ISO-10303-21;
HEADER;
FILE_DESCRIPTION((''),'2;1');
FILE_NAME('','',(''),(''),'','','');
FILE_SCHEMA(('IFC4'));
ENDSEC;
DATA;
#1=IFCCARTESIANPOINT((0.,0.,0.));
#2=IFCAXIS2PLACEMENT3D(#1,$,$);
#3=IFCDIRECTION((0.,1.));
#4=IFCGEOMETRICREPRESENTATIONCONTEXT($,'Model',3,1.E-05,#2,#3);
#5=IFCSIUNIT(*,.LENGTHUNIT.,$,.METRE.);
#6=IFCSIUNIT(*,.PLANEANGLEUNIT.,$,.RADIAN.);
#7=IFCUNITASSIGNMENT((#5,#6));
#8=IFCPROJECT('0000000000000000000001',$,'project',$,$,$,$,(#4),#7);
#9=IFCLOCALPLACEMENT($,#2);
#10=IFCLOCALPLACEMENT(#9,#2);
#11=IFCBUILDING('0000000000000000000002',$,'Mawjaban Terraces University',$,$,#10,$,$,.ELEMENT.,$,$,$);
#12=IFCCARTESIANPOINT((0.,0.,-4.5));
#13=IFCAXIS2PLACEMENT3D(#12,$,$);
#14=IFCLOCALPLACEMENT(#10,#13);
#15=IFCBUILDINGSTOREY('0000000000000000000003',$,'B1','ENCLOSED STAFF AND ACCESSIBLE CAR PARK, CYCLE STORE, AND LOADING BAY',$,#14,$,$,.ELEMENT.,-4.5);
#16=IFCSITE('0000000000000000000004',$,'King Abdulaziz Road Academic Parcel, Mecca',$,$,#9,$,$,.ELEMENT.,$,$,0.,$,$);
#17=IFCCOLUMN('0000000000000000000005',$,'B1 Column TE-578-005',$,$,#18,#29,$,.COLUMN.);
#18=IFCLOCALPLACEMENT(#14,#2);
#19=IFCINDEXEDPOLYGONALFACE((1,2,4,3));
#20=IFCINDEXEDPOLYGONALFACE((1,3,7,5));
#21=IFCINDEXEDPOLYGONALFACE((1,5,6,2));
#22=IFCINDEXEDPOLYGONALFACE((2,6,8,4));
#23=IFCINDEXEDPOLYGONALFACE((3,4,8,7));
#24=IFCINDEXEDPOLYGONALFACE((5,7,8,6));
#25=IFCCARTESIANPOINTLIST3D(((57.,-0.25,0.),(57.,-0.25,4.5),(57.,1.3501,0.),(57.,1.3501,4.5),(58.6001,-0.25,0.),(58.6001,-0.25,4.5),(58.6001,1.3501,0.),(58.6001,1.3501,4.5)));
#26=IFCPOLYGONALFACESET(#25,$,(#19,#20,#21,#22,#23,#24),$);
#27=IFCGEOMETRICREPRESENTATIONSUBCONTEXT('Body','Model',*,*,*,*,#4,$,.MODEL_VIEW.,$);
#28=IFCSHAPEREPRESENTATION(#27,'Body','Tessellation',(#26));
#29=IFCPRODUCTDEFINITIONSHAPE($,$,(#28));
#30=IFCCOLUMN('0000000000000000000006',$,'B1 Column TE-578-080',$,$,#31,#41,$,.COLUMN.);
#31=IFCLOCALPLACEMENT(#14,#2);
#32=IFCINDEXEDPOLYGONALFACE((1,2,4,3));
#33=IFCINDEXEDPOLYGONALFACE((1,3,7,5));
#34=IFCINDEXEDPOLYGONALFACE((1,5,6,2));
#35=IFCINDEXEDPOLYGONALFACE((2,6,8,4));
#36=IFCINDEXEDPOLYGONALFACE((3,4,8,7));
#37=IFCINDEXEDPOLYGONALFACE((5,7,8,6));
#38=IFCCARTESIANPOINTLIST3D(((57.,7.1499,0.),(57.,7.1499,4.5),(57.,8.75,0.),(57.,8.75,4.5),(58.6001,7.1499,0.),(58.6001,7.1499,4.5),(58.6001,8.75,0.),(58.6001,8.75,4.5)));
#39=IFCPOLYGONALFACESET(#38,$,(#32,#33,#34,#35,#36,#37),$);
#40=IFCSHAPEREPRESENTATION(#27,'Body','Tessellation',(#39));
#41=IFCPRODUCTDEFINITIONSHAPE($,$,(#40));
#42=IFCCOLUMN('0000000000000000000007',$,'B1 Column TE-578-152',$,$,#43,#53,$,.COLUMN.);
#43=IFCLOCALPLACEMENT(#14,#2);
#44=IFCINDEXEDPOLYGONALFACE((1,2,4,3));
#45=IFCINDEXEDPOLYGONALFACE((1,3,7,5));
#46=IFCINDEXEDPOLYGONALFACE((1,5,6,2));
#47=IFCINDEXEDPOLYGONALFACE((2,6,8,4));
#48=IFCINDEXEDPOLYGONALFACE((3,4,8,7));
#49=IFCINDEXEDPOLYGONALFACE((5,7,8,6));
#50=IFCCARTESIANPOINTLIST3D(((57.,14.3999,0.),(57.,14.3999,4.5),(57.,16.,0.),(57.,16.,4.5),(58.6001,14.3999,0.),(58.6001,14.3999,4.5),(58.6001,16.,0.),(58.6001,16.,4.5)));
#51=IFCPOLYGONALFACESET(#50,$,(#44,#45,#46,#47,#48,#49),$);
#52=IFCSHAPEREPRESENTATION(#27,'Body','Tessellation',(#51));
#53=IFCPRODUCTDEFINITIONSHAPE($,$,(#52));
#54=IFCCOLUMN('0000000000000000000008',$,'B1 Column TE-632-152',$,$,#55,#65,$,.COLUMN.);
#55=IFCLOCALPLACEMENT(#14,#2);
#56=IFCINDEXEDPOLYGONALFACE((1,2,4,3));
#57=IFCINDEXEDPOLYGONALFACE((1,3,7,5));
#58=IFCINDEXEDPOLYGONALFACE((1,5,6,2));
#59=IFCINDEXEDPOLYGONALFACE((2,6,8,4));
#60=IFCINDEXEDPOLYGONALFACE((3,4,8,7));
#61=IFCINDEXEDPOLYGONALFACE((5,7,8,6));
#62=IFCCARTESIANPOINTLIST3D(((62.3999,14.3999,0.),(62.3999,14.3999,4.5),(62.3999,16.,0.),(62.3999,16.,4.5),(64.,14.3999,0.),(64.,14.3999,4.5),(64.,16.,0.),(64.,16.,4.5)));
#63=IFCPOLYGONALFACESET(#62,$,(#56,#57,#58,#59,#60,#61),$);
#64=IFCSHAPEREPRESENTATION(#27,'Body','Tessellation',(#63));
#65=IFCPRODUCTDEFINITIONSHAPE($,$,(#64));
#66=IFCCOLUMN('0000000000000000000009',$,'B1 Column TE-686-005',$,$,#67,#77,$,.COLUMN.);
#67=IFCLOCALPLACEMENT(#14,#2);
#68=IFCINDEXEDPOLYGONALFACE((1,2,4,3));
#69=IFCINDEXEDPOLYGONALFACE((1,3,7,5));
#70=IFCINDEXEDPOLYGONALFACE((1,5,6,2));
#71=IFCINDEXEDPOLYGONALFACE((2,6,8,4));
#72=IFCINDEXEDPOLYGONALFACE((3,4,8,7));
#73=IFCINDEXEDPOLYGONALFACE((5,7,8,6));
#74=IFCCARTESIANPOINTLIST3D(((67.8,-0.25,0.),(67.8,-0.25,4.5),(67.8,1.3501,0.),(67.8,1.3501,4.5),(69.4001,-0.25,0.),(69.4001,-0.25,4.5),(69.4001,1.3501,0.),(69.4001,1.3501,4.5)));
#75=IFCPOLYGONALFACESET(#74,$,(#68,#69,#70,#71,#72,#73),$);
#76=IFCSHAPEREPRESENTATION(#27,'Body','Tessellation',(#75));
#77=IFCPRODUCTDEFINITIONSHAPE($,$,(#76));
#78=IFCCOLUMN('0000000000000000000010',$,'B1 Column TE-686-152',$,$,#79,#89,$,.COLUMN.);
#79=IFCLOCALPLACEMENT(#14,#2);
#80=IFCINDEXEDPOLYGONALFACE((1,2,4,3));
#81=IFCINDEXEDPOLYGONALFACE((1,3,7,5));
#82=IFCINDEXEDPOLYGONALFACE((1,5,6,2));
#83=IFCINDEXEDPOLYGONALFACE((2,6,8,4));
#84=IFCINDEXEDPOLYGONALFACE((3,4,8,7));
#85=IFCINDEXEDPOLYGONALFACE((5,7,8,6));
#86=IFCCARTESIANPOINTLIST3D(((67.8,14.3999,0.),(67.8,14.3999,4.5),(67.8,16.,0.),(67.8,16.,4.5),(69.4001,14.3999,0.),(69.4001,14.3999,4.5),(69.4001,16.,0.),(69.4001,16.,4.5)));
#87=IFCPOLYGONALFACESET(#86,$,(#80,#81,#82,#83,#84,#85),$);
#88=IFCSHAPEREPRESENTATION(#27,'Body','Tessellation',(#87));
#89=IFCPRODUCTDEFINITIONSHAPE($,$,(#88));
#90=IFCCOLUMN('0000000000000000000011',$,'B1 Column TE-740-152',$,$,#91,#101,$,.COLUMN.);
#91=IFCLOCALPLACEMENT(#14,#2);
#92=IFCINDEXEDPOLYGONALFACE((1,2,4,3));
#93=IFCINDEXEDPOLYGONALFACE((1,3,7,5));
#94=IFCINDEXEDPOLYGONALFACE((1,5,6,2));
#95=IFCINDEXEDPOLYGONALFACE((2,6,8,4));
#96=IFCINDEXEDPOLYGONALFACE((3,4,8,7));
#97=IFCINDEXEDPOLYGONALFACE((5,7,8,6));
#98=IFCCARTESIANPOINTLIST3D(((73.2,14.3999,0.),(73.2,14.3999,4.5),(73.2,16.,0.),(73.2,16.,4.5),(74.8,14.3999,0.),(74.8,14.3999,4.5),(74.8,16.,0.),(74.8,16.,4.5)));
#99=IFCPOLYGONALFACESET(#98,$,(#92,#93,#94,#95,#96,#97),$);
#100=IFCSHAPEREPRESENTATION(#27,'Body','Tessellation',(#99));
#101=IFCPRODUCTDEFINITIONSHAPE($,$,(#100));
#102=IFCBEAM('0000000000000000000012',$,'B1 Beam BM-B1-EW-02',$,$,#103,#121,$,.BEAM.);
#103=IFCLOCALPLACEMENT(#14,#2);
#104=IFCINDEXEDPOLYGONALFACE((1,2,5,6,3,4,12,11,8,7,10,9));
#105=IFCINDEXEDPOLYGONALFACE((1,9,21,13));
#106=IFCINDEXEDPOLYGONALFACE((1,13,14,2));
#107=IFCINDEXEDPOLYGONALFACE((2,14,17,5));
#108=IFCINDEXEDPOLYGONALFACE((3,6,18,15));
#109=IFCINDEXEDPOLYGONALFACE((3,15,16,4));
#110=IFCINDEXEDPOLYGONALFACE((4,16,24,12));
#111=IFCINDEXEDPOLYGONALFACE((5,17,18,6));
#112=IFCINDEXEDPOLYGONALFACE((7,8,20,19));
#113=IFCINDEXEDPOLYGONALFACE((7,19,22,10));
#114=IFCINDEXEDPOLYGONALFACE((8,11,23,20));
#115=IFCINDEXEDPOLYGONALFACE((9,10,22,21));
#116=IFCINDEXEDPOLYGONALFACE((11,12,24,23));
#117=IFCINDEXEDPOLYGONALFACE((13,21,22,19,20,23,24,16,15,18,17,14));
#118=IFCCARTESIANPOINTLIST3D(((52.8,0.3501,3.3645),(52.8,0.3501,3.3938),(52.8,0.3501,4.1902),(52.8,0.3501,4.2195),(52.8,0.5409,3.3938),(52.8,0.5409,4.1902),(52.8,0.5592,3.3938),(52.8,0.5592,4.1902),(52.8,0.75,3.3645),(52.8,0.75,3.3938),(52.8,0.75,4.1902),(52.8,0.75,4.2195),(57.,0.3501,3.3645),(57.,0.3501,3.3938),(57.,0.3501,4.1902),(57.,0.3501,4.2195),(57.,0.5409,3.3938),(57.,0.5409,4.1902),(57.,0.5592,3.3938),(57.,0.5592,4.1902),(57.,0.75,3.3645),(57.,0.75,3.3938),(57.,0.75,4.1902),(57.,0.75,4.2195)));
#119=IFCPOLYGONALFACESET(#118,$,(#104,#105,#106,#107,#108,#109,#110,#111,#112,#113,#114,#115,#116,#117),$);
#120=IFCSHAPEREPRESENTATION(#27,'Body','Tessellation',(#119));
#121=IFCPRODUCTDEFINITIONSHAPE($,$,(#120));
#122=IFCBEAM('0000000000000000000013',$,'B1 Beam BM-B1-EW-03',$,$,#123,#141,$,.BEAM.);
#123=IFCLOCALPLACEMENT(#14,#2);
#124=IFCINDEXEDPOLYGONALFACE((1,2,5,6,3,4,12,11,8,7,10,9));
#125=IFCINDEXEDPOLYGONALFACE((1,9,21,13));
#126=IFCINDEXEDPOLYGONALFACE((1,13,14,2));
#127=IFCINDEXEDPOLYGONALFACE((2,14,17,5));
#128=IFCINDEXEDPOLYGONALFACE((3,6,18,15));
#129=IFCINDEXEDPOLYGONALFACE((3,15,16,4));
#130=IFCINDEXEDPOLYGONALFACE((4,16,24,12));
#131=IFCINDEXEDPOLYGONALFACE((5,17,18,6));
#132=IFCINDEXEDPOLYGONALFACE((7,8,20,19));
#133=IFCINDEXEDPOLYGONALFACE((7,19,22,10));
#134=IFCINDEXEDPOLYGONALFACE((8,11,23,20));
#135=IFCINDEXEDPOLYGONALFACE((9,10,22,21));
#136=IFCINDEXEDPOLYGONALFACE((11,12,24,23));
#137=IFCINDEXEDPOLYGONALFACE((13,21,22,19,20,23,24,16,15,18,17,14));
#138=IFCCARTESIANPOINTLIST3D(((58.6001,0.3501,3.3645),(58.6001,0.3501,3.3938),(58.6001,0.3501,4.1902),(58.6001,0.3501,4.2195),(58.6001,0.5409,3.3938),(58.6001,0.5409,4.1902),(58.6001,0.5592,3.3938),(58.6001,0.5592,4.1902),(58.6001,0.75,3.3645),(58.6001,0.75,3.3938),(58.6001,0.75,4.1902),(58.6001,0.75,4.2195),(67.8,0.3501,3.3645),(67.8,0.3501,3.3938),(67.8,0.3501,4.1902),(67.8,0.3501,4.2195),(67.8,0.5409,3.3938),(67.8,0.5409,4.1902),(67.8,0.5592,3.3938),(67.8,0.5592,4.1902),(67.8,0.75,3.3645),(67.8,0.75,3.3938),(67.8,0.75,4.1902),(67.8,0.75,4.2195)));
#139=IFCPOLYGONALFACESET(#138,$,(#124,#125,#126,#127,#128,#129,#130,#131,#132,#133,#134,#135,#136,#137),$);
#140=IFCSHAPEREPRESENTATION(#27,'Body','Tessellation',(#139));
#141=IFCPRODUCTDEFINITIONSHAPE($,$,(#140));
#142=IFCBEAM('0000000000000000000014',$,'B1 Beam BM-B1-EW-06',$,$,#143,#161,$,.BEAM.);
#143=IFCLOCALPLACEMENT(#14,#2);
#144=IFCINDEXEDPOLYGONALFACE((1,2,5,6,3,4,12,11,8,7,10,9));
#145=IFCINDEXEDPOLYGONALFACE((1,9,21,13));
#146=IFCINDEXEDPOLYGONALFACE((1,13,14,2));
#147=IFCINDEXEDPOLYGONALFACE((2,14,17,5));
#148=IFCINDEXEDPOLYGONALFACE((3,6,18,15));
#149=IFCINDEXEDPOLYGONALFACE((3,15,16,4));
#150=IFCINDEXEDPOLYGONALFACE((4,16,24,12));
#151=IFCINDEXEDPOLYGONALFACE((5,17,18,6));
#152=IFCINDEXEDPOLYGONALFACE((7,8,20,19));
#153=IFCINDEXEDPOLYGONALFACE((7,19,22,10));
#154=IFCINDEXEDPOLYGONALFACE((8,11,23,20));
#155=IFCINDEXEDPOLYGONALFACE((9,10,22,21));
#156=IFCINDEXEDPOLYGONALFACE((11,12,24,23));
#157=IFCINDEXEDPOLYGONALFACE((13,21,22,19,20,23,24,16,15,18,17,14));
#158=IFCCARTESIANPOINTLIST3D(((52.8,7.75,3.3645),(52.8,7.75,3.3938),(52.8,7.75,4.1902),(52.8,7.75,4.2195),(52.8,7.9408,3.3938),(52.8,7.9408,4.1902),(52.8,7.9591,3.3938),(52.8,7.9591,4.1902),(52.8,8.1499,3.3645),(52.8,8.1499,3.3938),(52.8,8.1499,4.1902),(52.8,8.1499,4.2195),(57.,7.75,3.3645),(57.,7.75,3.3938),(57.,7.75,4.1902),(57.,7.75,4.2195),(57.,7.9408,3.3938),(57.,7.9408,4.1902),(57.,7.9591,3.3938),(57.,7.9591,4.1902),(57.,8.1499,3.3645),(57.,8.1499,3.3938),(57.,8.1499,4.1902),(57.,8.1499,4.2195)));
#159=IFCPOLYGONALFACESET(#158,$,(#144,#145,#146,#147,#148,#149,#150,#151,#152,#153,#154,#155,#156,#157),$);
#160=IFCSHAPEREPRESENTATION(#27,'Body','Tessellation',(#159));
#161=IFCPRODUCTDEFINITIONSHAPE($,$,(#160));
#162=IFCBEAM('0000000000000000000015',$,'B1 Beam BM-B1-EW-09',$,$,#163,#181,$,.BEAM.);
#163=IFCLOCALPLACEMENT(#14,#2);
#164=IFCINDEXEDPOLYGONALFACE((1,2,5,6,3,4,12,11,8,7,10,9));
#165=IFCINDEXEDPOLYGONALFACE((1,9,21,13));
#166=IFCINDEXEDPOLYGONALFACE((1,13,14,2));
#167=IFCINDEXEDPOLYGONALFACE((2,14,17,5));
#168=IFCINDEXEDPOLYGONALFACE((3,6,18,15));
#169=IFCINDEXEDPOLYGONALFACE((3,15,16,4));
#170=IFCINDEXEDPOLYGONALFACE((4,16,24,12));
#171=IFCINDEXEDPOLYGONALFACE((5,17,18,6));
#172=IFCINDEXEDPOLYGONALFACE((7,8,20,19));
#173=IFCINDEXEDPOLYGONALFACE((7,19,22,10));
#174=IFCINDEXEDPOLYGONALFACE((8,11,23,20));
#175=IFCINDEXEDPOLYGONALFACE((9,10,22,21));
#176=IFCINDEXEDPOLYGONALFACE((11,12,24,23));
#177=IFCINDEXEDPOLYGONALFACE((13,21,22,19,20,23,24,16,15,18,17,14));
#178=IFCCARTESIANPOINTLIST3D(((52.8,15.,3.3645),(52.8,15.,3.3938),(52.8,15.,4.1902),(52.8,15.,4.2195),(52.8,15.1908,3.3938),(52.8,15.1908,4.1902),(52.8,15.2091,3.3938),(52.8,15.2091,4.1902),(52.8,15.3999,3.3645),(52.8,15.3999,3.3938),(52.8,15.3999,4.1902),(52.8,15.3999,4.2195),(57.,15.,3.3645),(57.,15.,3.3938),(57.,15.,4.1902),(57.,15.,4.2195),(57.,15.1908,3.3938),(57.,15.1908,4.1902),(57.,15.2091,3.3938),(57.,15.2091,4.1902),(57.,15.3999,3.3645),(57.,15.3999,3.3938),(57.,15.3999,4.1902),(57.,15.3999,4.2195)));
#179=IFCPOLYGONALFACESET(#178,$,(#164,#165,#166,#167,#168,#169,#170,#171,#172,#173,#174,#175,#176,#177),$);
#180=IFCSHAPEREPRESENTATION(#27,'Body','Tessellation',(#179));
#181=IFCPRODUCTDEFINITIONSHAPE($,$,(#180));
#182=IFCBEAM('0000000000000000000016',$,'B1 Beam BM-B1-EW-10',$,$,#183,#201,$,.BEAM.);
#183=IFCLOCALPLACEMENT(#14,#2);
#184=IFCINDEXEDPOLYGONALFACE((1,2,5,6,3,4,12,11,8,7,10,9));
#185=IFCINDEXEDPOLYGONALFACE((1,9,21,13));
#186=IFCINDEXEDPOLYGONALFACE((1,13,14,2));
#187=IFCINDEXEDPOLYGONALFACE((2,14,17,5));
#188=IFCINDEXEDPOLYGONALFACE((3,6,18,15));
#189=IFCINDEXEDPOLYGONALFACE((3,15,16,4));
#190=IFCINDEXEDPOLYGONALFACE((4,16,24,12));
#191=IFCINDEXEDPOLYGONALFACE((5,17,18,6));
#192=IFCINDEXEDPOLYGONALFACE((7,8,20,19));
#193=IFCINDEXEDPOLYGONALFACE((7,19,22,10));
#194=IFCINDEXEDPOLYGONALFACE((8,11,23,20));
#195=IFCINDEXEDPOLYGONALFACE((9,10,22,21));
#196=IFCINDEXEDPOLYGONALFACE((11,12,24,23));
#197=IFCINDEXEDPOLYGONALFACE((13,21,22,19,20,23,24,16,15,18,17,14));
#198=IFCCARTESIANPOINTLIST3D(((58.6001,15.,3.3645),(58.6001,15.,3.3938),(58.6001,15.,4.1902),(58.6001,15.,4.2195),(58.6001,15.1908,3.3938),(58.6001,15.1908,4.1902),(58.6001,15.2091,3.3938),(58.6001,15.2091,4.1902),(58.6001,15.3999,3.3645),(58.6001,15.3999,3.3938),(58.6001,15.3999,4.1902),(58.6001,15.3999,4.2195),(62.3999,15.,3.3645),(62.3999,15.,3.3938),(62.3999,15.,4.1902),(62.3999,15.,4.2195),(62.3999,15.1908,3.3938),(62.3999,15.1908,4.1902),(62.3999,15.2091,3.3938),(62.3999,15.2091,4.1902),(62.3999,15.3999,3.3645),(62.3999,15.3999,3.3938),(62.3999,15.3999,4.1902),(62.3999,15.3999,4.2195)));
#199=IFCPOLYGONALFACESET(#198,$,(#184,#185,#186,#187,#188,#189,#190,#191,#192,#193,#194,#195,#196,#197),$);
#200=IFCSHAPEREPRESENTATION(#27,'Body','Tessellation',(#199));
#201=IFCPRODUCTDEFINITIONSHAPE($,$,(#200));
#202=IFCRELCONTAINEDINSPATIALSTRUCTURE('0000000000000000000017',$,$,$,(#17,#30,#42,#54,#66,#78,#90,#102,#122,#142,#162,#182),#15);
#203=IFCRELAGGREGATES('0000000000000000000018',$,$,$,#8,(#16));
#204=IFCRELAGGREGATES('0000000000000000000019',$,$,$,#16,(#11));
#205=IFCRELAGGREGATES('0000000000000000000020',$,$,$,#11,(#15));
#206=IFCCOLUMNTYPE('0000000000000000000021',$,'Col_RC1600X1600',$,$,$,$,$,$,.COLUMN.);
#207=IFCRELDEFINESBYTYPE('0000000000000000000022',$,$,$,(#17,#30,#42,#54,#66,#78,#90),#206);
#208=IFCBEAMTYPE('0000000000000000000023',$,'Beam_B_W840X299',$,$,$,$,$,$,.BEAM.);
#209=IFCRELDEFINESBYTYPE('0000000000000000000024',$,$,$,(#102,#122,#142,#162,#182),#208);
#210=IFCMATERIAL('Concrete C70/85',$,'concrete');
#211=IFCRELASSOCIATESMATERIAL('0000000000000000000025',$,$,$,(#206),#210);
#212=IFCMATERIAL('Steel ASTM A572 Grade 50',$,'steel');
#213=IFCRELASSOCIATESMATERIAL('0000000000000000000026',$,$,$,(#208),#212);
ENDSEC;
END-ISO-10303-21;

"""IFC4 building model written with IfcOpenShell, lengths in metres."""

from ifc_helpers import new_model, si_unit, direction, frame, origin, origin_2d, place, context, subcontext, project, spatial, rectangle, i_section, extrude, material, material_profile, profile_set, type_object, element, save


model = new_model("IFC4")

# Units and contexts
model_context = context("Model", 3, precision=1e-05, world=origin(), true_north=direction((0.0, 1.0)))
body_context = subcontext(model_context, "Body", "Model", "MODEL_VIEW")
ifc_project = project(units=[si_unit("LENGTHUNIT", "METRE"), si_unit("PLANEANGLEUNIT", "RADIAN")], contexts=[model_context])

# Site, building, storey
site_placement = place(None, origin())
site = spatial("IfcSite", under=ifc_project, at=site_placement, Name="King Abdulaziz Road Academic Parcel, Mecca", CompositionType="ELEMENT", RefElevation=0.0)
building_placement = place(site_placement, origin())
building = spatial("IfcBuilding", under=site, at=building_placement, Name="Mawjaban Terraces University", CompositionType="ELEMENT")
storey_placement = place(building_placement, frame((0.0, 0.0, -4.5)))
storey = spatial("IfcBuildingStorey", under=building, at=storey_placement, Name="B1", Description="ENCLOSED STAFF AND ACCESSIBLE CAR PARK, CYCLE STORE, AND LOADING BAY", CompositionType="ELEMENT", Elevation=-4.5)

# Columns
ifc_material_1 = material(Name="Concrete C70/85", Category="concrete")
ifc_material_profile_1 = material_profile(ifc_material_1, rectangle(XDim=1.6001, YDim=1.6001, at=origin_2d()), Name="RC1600X1600")
ifc_profile_set_1 = profile_set([ifc_material_profile_1], Name="Concrete C70/85")
column_type = type_object("IfcColumnType", Name="Col_RC1600X1600", PredefinedType="COLUMN", material=ifc_profile_set_1)
for number, where, z_axis, x_axis, name in (
    (1, (57.8, 0.55, 0.0), (0.0, 0.0, 1.0), (1.0, 0.0, 0.0), "B1 Column TE-578-005"),
    (2, (57.8, 7.95, 0.0), (0.0, 0.0, 1.0), (1.0, 0.0, 0.0), "B1 Column TE-578-080"),
    (3, (57.8, 15.2, 0.0), (0.0, 0.0, 1.0), (1.0, 0.0, 0.0), "B1 Column TE-578-152"),
    (4, (63.2, 15.2, 0.0), (0.0, 0.0, 1.0), (1.0, 0.0, 0.0), "B1 Column TE-632-152"),
    (5, (68.6001, 0.55, 0.0), (0.0, 0.0, 1.0), (1.0, 0.0, 0.0), "B1 Column TE-686-005"),
    (6, (68.6001, 15.2, 0.0), (0.0, 0.0, 1.0), (1.0, 0.0, 0.0), "B1 Column TE-686-152"),
    (7, (74.0, 15.2, 0.0), (0.0, 0.0, 1.0), (1.0, 0.0, 0.0), "B1 Column TE-740-152"),
):
    element("IfcColumn", number, at=place(storey_placement, frame(where, z_axis=z_axis, x_axis=x_axis)), inside=storey, type_object=column_type, Name=name, PredefinedType="COLUMN", context=body_context, shape_type="SweptSolid", body=[
        extrude(rectangle(XDim=1.6001, YDim=1.6001, at=origin_2d()), origin(), (0.0, 0.0, 1.0), 4.5),
    ])

# Beams
ifc_material_2 = material(Name="Steel ASTM A572 Grade 50", Category="steel")
ifc_material_profile_2 = material_profile(ifc_material_2, i_section(OverallWidth=0.3999, OverallDepth=0.855, WebThickness=0.0183, FlangeThickness=0.0293, at=origin_2d()), Name="W840X299")
ifc_profile_set_2 = profile_set([ifc_material_profile_2], Name="Steel ASTM A572 Grade 50")
beam_type_1 = type_object("IfcBeamType", Name="Beam_B_W840X299", PredefinedType="BEAM", material=ifc_profile_set_2)
beam_1_placement = place(storey_placement, frame((52.8, 0.55, 3.792), z_axis=(1.0, 0.0, 0.0), x_axis=(0.0, 1.0, 0.0)))
element("IfcBeam", 8, at=beam_1_placement, inside=storey, type_object=beam_type_1, Name="B1 Beam BM-B1-EW-02", PredefinedType="BEAM", context=body_context, shape_type="SweptSolid", body=[
    extrude(i_section(OverallWidth=0.3999, OverallDepth=0.855, WebThickness=0.0183, FlangeThickness=0.0293, at=origin_2d()), origin(), (0.0, 0.0, 1.0), 4.2),
])
beam_2_placement = place(storey_placement, frame((58.6001, 0.55, 3.792), z_axis=(1.0, 0.0, 0.0), x_axis=(0.0, 1.0, 0.0)))
element("IfcBeam", 9, at=beam_2_placement, inside=storey, type_object=beam_type_1, Name="B1 Beam BM-B1-EW-03", PredefinedType="BEAM", context=body_context, shape_type="SweptSolid", body=[
    extrude(i_section(OverallWidth=0.3999, OverallDepth=0.855, WebThickness=0.0183, FlangeThickness=0.0293, at=origin_2d()), origin(), (0.0, 0.0, 1.0), 9.2),
])
for number, where, z_axis, x_axis, name in (
    (10, (52.8, 7.95, 3.792), (1.0, 0.0, 0.0), (0.0, 1.0, 0.0), "B1 Beam BM-B1-EW-06"),
    (11, (52.8, 15.2, 3.792), (1.0, 0.0, 0.0), (0.0, 1.0, 0.0), "B1 Beam BM-B1-EW-09"),
):
    element("IfcBeam", number, at=place(storey_placement, frame(where, z_axis=z_axis, x_axis=x_axis)), inside=storey, type_object=beam_type_1, Name=name, PredefinedType="BEAM", context=body_context, shape_type="SweptSolid", body=[
        extrude(i_section(OverallWidth=0.3999, OverallDepth=0.855, WebThickness=0.0183, FlangeThickness=0.0293, at=origin_2d()), origin(), (0.0, 0.0, 1.0), 4.2),
    ])
beam_3_placement = place(storey_placement, frame((58.6001, 15.2, 3.792), z_axis=(1.0, 0.0, 0.0), x_axis=(0.0, 1.0, 0.0)))
element("IfcBeam", 12, at=beam_3_placement, inside=storey, type_object=beam_type_1, Name="B1 Beam BM-B1-EW-10", PredefinedType="BEAM", context=body_context, shape_type="SweptSolid", body=[
    extrude(i_section(OverallWidth=0.3999, OverallDepth=0.855, WebThickness=0.0183, FlangeThickness=0.0293, at=origin_2d()), origin(), (0.0, 0.0, 1.0), 3.7998),
])

save(model, "model.ifc")
